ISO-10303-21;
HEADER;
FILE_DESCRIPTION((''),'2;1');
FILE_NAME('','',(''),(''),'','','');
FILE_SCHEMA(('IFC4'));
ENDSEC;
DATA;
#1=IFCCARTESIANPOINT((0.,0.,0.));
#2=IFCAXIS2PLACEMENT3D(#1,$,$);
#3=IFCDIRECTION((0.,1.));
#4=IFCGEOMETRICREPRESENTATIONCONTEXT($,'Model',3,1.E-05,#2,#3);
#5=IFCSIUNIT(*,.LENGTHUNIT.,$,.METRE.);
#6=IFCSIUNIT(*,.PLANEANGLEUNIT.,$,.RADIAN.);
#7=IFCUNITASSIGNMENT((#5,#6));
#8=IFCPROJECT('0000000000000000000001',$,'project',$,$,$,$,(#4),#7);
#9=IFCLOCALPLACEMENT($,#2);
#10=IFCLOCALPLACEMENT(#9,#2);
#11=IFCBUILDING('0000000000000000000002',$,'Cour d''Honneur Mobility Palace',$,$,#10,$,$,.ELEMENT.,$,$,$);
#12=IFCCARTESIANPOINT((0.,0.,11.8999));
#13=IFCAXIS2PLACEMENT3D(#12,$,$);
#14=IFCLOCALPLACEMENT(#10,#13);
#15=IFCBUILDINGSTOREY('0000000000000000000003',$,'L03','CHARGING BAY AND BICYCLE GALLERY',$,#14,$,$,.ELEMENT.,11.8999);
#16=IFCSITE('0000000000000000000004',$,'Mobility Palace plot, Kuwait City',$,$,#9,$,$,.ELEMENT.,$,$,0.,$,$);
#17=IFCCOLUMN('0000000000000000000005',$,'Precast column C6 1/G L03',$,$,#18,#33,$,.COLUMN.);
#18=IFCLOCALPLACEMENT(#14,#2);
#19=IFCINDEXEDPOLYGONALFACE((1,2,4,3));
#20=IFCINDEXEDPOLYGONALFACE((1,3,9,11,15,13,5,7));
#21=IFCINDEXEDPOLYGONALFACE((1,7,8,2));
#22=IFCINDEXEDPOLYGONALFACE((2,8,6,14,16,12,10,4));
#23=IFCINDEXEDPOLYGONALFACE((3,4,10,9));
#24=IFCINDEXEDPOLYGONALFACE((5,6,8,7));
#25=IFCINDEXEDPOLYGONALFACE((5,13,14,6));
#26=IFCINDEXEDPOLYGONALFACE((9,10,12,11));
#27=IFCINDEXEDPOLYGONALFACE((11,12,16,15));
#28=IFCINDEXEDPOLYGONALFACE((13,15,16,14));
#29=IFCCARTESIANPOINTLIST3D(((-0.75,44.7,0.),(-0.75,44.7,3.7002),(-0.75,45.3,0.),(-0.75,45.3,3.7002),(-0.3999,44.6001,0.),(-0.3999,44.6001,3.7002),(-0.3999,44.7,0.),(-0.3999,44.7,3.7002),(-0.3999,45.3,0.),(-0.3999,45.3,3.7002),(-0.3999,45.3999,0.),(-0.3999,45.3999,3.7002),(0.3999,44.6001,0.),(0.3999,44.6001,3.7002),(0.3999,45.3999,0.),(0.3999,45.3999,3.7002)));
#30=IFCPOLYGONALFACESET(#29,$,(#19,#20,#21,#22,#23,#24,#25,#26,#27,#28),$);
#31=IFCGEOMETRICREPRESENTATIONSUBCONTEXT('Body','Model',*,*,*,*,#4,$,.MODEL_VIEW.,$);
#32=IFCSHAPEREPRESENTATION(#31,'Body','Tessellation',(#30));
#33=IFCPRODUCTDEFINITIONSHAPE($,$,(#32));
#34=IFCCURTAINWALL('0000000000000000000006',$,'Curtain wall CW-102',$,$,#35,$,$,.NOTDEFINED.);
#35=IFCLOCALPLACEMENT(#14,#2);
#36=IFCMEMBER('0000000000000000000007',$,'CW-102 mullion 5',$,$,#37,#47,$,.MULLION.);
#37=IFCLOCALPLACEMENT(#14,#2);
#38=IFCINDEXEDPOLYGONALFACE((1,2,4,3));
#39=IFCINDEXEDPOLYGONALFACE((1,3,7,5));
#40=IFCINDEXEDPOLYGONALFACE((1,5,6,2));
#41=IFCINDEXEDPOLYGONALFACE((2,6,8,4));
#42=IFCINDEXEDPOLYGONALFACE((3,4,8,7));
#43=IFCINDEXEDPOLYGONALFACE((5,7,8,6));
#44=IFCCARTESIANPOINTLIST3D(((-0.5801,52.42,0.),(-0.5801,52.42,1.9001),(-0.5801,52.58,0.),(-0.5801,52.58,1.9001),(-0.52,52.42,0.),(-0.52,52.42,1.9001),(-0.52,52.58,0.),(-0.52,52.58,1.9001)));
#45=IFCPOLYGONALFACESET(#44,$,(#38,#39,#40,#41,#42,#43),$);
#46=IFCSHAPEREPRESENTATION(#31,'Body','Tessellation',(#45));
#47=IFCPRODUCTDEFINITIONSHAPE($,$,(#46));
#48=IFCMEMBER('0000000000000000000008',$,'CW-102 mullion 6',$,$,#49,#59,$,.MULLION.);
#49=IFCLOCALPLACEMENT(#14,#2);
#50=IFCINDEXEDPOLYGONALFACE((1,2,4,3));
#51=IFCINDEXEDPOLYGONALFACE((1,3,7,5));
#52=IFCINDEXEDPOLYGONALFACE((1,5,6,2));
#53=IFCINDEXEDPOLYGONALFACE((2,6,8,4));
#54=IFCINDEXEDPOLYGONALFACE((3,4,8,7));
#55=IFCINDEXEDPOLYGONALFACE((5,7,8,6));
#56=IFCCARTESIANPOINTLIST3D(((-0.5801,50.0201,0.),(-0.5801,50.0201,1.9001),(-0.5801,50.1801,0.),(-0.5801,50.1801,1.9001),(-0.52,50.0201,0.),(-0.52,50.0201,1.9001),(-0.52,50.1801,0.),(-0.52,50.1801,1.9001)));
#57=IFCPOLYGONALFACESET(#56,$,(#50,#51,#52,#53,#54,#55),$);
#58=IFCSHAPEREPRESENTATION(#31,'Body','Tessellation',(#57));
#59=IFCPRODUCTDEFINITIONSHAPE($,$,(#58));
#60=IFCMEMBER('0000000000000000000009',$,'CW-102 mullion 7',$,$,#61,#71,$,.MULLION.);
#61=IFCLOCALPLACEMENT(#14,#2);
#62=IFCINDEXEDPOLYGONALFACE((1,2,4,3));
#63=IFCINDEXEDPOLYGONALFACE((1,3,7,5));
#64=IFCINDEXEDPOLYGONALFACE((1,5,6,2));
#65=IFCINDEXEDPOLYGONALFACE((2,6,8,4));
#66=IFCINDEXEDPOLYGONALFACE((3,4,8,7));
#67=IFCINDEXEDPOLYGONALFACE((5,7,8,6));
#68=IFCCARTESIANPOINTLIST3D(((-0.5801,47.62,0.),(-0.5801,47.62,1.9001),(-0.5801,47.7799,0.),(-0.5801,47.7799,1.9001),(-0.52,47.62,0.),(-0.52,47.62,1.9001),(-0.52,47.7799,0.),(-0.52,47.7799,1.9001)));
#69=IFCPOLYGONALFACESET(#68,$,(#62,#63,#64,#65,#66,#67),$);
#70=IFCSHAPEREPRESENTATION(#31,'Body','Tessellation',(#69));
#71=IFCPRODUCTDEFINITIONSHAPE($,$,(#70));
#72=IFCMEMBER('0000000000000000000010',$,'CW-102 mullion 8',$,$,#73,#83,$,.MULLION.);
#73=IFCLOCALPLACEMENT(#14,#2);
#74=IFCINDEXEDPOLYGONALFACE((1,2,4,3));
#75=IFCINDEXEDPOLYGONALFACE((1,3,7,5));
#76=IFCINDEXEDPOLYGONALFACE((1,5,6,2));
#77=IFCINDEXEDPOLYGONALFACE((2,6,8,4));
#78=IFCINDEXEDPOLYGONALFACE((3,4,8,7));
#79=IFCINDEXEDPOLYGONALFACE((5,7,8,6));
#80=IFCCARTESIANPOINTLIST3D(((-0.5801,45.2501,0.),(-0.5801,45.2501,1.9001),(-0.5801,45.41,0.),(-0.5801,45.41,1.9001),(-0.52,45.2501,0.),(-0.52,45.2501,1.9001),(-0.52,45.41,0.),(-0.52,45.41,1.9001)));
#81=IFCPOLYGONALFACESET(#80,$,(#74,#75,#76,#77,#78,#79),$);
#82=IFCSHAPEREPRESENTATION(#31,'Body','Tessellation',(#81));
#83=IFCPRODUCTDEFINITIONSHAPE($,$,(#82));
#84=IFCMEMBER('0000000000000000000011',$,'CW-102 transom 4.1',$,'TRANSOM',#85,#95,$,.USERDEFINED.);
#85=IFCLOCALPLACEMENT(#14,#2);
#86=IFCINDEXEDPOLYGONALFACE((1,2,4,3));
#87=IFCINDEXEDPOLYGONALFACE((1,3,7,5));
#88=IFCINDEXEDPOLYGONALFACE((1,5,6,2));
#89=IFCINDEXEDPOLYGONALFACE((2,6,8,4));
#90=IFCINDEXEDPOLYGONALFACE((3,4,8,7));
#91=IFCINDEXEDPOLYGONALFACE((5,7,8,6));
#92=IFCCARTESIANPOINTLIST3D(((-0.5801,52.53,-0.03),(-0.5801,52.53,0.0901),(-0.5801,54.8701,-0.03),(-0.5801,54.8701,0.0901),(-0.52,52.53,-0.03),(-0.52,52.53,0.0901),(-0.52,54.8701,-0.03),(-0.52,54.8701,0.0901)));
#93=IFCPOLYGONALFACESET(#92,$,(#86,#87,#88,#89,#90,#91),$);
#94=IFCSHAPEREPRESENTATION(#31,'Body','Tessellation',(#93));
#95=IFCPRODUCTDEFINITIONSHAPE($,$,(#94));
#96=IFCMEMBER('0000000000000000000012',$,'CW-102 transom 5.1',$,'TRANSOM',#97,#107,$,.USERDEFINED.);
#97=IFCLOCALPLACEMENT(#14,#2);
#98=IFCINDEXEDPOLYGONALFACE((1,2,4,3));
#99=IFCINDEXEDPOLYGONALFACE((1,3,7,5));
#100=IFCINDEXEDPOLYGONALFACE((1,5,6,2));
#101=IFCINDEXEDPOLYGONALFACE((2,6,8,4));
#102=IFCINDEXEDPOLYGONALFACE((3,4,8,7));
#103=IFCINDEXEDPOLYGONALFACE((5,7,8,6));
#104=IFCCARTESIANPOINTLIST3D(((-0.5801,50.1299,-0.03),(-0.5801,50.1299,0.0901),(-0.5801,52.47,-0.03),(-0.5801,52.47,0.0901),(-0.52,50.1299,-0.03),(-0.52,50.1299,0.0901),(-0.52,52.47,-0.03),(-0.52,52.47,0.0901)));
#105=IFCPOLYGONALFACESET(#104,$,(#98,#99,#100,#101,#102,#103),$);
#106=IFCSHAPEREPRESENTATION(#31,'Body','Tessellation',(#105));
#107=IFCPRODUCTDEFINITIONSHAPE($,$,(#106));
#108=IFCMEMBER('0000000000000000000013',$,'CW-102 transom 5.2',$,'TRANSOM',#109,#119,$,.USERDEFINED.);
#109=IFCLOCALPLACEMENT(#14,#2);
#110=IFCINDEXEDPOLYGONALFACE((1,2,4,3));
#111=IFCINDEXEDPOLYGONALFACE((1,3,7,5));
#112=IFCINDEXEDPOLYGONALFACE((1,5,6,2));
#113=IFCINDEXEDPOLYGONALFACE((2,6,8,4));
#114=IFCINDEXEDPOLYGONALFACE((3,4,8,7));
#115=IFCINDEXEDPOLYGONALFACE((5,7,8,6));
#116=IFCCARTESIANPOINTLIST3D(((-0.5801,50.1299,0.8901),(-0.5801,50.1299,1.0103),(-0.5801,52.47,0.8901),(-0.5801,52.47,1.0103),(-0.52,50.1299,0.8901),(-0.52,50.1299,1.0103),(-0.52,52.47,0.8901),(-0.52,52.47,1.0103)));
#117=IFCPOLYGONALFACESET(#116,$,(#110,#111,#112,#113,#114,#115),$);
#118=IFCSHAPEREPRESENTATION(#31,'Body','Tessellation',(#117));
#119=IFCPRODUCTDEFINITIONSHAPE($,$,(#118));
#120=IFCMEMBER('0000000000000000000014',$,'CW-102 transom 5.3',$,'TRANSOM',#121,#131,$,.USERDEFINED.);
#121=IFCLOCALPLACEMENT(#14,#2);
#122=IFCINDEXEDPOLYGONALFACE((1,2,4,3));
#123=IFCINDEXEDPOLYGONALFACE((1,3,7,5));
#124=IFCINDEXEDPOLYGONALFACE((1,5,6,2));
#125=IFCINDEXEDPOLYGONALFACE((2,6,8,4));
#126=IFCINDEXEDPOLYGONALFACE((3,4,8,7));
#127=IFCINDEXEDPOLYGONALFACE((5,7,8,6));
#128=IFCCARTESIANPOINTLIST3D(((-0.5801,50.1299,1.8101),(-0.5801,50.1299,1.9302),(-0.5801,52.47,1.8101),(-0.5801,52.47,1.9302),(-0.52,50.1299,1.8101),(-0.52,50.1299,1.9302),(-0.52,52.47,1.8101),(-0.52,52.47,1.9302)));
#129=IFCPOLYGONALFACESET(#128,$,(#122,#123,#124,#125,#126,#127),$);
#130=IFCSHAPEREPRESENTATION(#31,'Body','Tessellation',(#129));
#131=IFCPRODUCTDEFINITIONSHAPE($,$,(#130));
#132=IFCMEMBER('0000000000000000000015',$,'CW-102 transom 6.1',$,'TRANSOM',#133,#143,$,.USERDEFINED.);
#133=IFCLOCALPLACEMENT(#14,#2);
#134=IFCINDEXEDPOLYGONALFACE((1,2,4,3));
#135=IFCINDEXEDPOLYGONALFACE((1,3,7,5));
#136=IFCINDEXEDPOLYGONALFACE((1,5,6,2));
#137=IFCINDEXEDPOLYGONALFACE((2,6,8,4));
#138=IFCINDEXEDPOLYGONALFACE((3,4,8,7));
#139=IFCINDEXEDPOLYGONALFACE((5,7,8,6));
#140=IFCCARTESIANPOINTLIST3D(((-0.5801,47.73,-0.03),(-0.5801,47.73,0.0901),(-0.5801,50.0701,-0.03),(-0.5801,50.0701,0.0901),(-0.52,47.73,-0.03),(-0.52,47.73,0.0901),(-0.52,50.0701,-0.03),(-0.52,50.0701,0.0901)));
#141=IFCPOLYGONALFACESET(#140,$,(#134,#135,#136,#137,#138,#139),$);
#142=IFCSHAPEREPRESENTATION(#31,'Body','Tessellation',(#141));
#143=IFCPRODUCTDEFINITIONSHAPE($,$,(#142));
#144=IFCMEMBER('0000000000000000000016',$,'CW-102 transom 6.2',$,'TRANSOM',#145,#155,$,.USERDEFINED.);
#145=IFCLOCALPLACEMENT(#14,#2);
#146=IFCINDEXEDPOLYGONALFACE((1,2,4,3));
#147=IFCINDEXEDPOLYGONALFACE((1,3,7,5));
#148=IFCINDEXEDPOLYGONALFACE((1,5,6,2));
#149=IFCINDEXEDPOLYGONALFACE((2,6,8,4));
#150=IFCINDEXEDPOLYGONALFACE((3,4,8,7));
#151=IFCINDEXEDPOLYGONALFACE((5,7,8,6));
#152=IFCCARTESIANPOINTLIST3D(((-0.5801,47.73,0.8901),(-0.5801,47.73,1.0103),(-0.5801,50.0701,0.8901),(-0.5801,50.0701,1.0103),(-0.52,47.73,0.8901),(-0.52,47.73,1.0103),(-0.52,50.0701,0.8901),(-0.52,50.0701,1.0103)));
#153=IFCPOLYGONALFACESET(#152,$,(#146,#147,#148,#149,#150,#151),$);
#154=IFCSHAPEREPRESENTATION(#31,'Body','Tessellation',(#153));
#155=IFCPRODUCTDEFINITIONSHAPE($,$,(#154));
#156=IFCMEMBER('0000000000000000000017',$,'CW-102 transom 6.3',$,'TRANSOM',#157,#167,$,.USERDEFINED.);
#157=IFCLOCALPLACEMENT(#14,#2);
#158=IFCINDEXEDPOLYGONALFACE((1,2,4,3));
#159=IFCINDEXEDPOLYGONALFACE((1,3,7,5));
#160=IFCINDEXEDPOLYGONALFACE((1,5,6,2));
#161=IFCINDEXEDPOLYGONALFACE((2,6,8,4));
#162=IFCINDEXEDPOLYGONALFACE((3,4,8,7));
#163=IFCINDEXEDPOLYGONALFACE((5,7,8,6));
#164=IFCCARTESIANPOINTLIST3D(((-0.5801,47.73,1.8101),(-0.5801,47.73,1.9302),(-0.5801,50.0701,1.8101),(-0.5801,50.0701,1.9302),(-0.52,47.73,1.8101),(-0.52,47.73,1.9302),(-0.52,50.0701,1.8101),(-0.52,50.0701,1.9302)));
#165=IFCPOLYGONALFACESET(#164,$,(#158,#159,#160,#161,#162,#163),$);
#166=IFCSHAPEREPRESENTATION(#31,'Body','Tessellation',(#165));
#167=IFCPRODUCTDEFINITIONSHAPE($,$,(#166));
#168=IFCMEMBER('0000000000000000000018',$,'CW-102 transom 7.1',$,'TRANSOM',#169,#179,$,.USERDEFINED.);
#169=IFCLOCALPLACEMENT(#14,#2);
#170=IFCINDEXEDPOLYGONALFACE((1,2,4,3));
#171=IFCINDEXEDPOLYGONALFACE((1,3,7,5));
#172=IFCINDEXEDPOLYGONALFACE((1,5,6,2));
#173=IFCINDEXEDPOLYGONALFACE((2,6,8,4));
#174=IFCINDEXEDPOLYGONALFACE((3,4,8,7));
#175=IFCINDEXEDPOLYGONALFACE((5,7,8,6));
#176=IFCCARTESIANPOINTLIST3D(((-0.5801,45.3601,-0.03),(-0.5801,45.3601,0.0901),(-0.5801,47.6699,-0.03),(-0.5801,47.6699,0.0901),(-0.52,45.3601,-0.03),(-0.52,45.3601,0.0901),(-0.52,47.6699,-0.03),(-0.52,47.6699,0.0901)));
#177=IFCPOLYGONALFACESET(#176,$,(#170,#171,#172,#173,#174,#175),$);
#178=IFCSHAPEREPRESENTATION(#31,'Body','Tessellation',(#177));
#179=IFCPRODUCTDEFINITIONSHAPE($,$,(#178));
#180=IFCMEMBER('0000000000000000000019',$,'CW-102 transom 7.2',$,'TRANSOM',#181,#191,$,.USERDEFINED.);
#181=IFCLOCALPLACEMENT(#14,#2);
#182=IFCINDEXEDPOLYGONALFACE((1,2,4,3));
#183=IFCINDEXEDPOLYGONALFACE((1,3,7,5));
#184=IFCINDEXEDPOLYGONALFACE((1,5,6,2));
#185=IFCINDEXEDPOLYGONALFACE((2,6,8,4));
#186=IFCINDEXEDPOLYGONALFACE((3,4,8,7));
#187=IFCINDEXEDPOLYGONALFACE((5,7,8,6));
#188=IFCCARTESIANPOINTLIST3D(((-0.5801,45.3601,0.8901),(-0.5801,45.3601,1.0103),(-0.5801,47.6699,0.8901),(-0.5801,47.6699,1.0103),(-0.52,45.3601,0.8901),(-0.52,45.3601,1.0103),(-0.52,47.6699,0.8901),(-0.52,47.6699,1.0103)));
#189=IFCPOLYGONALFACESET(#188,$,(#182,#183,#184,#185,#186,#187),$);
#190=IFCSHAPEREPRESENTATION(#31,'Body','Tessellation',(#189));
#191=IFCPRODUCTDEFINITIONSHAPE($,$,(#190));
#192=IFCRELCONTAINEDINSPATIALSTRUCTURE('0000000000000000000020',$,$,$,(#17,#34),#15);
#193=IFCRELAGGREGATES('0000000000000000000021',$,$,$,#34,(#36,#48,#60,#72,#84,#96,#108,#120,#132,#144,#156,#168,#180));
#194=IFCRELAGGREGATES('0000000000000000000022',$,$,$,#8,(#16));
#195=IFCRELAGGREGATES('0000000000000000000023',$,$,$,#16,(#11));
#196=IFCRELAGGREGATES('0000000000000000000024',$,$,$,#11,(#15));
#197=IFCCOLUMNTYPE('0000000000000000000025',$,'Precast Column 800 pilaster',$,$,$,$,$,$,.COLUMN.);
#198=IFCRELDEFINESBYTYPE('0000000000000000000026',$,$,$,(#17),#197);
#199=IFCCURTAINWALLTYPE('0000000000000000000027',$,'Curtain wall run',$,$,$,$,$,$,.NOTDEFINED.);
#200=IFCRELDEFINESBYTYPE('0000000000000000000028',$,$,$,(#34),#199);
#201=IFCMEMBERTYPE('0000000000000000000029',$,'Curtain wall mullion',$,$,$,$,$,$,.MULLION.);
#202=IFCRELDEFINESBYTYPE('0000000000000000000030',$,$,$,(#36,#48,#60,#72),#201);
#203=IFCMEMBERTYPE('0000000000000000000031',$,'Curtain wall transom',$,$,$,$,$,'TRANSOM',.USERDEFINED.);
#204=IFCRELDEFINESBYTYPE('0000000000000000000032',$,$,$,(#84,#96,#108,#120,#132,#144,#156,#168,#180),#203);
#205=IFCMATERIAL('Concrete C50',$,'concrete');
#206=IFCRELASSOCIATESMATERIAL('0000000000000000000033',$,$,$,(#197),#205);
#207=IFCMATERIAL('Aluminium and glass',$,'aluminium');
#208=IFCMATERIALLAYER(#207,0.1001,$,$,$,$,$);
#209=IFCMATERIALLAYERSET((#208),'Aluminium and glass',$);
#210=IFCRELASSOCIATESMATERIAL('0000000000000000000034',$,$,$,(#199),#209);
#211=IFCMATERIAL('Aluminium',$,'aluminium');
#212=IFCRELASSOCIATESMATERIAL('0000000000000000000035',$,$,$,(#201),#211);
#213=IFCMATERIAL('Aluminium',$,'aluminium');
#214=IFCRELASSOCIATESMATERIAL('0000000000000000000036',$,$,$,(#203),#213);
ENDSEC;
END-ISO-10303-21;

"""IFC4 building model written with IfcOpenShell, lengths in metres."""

from ifc_helpers import new_model, si_unit, direction, frame, origin, origin_2d, place, context, subcontext, project, spatial, polyline, rectangle, outline, extrude, material, layer, layer_set, material_profile, profile_set, type_object, element, aggregate, save


model = new_model("IFC4")

# Units and contexts
model_context = context("Model", 3, precision=1e-05, world=origin(), true_north=direction((0.0, 1.0)))
body_context = subcontext(model_context, "Body", "Model", "MODEL_VIEW")
ifc_project = project(units=[si_unit("LENGTHUNIT", "METRE"), si_unit("PLANEANGLEUNIT", "RADIAN")], contexts=[model_context])

# Site, building, storey
site_placement = place(None, origin())
site = spatial("IfcSite", under=ifc_project, at=site_placement, Name="Mobility Palace plot, Kuwait City", CompositionType="ELEMENT", RefElevation=0.0)
building_placement = place(site_placement, origin())
building = spatial("IfcBuilding", under=site, at=building_placement, Name="Cour d'Honneur Mobility Palace", CompositionType="ELEMENT")
storey_placement = place(building_placement, frame((0.0, 0.0, 11.8999)))
storey = spatial("IfcBuildingStorey", under=building, at=storey_placement, Name="L03", Description="CHARGING BAY AND BICYCLE GALLERY", CompositionType="ELEMENT", Elevation=11.8999)

# Column
ifc_material_1 = material(Name="Concrete C50", Category="concrete")
ifc_material_profile_1 = material_profile(ifc_material_1, outline(polyline([(-0.3999, -0.3999), (0.3999, -0.3999), (0.3999, -0.3), (0.75, -0.3), (0.75, 0.3), (0.3999, 0.3), (0.3999, 0.3999), (-0.3999, 0.3999), (-0.3999, -0.3999)])), Name="PC C800 pilaster")
ifc_profile_set_1 = profile_set([ifc_material_profile_1], Name="Concrete C50")
column_type = type_object("IfcColumnType", Name="Precast Column 800 pilaster", PredefinedType="COLUMN", material=ifc_profile_set_1)
column_placement = place(storey_placement, frame((0.0, 45.0, 0.0), z_axis=(0.0, 0.0, 1.0), x_axis=(-1.0, 0.0, 0.0)))
element("IfcColumn", 1, at=column_placement, inside=storey, type_object=column_type, Name="Precast column C6 1/G L03", PredefinedType="COLUMN", context=body_context, shape_type="SweptSolid", body=[
    extrude(outline(polyline([(-0.3999, -0.3999), (0.3999, -0.3999), (0.3999, -0.3), (0.75, -0.3), (0.75, 0.3), (0.3999, 0.3), (0.3999, 0.3999), (-0.3999, 0.3999), (-0.3999, -0.3999)])), origin(), (0.0, 0.0, 1.0), 3.7002),
])

# Curtain wall, members
ifc_material_2 = material(Name="Aluminium and glass", Category="aluminium")
ifc_layer_1 = layer(ifc_material_2, 0.1001)
ifc_layer_set_1 = layer_set([ifc_layer_1], Name="Aluminium and glass")
curtain_wall_type = type_object("IfcCurtainWallType", Name="Curtain wall run", PredefinedType="NOTDEFINED", material=ifc_layer_set_1)
curtain_wall_placement = place(storey_placement, origin())
curtain_wall = element("IfcCurtainWall", 2, at=curtain_wall_placement, inside=storey, type_object=curtain_wall_type, Name="Curtain wall CW-102", PredefinedType="NOTDEFINED")
ifc_material_3 = material(Name="Aluminium", Category="aluminium")
ifc_material_profile_2 = material_profile(ifc_material_3, rectangle(XDim=0.0601, YDim=0.1599, at=origin_2d()), Name="Curtain wall mullion")
ifc_profile_set_2 = profile_set([ifc_material_profile_2], Name="Aluminium")
member_type_1 = type_object("IfcMemberType", Name="Curtain wall mullion", PredefinedType="MULLION", material=ifc_profile_set_2)
member_1_placement = place(storey_placement, frame((-0.55, 52.5, 0.0), z_axis=(0.0, 0.0, 1.0), x_axis=(1.0, 0.0, 0.0)))
member_1 = element("IfcMember", 3, at=member_1_placement, type_object=member_type_1, Name="CW-102 mullion 5", PredefinedType="MULLION", context=body_context, shape_type="SweptSolid", body=[
    extrude(rectangle(XDim=0.0601, YDim=0.1599, at=origin_2d()), origin(), (0.0, 0.0, 1.0), 1.9001),
])
member_2_placement = place(storey_placement, frame((-0.55, 50.1001, 0.0), z_axis=(0.0, 0.0, 1.0), x_axis=(1.0, 0.0, 0.0)))
member_2 = element("IfcMember", 4, at=member_2_placement, type_object=member_type_1, Name="CW-102 mullion 6", PredefinedType="MULLION", context=body_context, shape_type="SweptSolid", body=[
    extrude(rectangle(XDim=0.0601, YDim=0.1599, at=origin_2d()), origin(), (0.0, 0.0, 1.0), 1.9001),
])
member_3_placement = place(storey_placement, frame((-0.55, 47.7, 0.0), z_axis=(0.0, 0.0, 1.0), x_axis=(1.0, 0.0, 0.0)))
member_3 = element("IfcMember", 5, at=member_3_placement, type_object=member_type_1, Name="CW-102 mullion 7", PredefinedType="MULLION", context=body_context, shape_type="SweptSolid", body=[
    extrude(rectangle(XDim=0.0601, YDim=0.1599, at=origin_2d()), origin(), (0.0, 0.0, 1.0), 1.9001),
])
member_4_placement = place(storey_placement, frame((-0.55, 45.3301, 0.0), z_axis=(0.0, 0.0, 1.0), x_axis=(1.0, 0.0, 0.0)))
member_4 = element("IfcMember", 6, at=member_4_placement, type_object=member_type_1, Name="CW-102 mullion 8", PredefinedType="MULLION", context=body_context, shape_type="SweptSolid", body=[
    extrude(rectangle(XDim=0.0601, YDim=0.1599, at=origin_2d()), origin(), (0.0, 0.0, 1.0), 1.9001),
])
ifc_material_4 = material(Name="Aluminium", Category="aluminium")
ifc_material_profile_3 = material_profile(ifc_material_4, rectangle(XDim=0.0601, YDim=0.1201, at=origin_2d()), Name="Curtain wall transom")
ifc_profile_set_3 = profile_set([ifc_material_profile_3], Name="Aluminium")
member_type_2 = type_object("IfcMemberType", Name="Curtain wall transom", ElementType="TRANSOM", PredefinedType="USERDEFINED", material=ifc_profile_set_3)
member_5_placement = place(storey_placement, frame((-0.55, 54.8701, 0.03), z_axis=(0.0, -1.0, 0.0), x_axis=(1.0, 0.0, 0.0)))
member_5 = element("IfcMember", 7, at=member_5_placement, type_object=member_type_2, Name="CW-102 transom 4.1", ObjectType="TRANSOM", PredefinedType="USERDEFINED", context=body_context, shape_type="SweptSolid", body=[
    extrude(rectangle(XDim=0.0601, YDim=0.1201, at=origin_2d()), origin(), (0.0, 0.0, 1.0), 2.3401),
])
member_6_placement = place(storey_placement, frame((-0.55, 52.47, 0.03), z_axis=(0.0, -1.0, 0.0), x_axis=(1.0, 0.0, 0.0)))
member_6 = element("IfcMember", 8, at=member_6_placement, type_object=member_type_2, Name="CW-102 transom 5.1", ObjectType="TRANSOM", PredefinedType="USERDEFINED", context=body_context, shape_type="SweptSolid", body=[
    extrude(rectangle(XDim=0.0601, YDim=0.1201, at=origin_2d()), origin(), (0.0, 0.0, 1.0), 2.3401),
])
member_7_placement = place(storey_placement, frame((-0.55, 52.47, 0.9502), z_axis=(0.0, -1.0, 0.0), x_axis=(1.0, 0.0, 0.0)))
member_7 = element("IfcMember", 9, at=member_7_placement, type_object=member_type_2, Name="CW-102 transom 5.2", ObjectType="TRANSOM", PredefinedType="USERDEFINED", context=body_context, shape_type="SweptSolid", body=[
    extrude(rectangle(XDim=0.0601, YDim=0.1201, at=origin_2d()), origin(), (0.0, 0.0, 1.0), 2.3401),
])
member_8_placement = place(storey_placement, frame((-0.55, 52.47, 1.8701), z_axis=(0.0, -1.0, 0.0), x_axis=(1.0, 0.0, 0.0)))
member_8 = element("IfcMember", 10, at=member_8_placement, type_object=member_type_2, Name="CW-102 transom 5.3", ObjectType="TRANSOM", PredefinedType="USERDEFINED", context=body_context, shape_type="SweptSolid", body=[
    extrude(rectangle(XDim=0.0601, YDim=0.1201, at=origin_2d()), origin(), (0.0, 0.0, 1.0), 2.3401),
])
member_9_placement = place(storey_placement, frame((-0.55, 50.0701, 0.03), z_axis=(0.0, -1.0, 0.0), x_axis=(1.0, 0.0, 0.0)))
member_9 = element("IfcMember", 11, at=member_9_placement, type_object=member_type_2, Name="CW-102 transom 6.1", ObjectType="TRANSOM", PredefinedType="USERDEFINED", context=body_context, shape_type="SweptSolid", body=[
    extrude(rectangle(XDim=0.0601, YDim=0.1201, at=origin_2d()), origin(), (0.0, 0.0, 1.0), 2.3401),
])
member_10_placement = place(storey_placement, frame((-0.55, 50.0701, 0.9502), z_axis=(0.0, -1.0, 0.0), x_axis=(1.0, 0.0, 0.0)))
member_10 = element("IfcMember", 12, at=member_10_placement, type_object=member_type_2, Name="CW-102 transom 6.2", ObjectType="TRANSOM", PredefinedType="USERDEFINED", context=body_context, shape_type="SweptSolid", body=[
    extrude(rectangle(XDim=0.0601, YDim=0.1201, at=origin_2d()), origin(), (0.0, 0.0, 1.0), 2.3401),
])
member_11_placement = place(storey_placement, frame((-0.55, 50.0701, 1.8701), z_axis=(0.0, -1.0, 0.0), x_axis=(1.0, 0.0, 0.0)))
member_11 = element("IfcMember", 13, at=member_11_placement, type_object=member_type_2, Name="CW-102 transom 6.3", ObjectType="TRANSOM", PredefinedType="USERDEFINED", context=body_context, shape_type="SweptSolid", body=[
    extrude(rectangle(XDim=0.0601, YDim=0.1201, at=origin_2d()), origin(), (0.0, 0.0, 1.0), 2.3401),
])
member_12_placement = place(storey_placement, frame((-0.55, 47.6699, 0.03), z_axis=(0.0, -1.0, 0.0), x_axis=(1.0, 0.0, 0.0)))
member_12 = element("IfcMember", 14, at=member_12_placement, type_object=member_type_2, Name="CW-102 transom 7.1", ObjectType="TRANSOM", PredefinedType="USERDEFINED", context=body_context, shape_type="SweptSolid", body=[
    extrude(rectangle(XDim=0.0601, YDim=0.1201, at=origin_2d()), origin(), (0.0, 0.0, 1.0), 2.3098),
])
member_13_placement = place(storey_placement, frame((-0.55, 47.6699, 0.9502), z_axis=(0.0, -1.0, 0.0), x_axis=(1.0, 0.0, 0.0)))
member_13 = element("IfcMember", 15, at=member_13_placement, type_object=member_type_2, Name="CW-102 transom 7.2", ObjectType="TRANSOM", PredefinedType="USERDEFINED", context=body_context, shape_type="SweptSolid", body=[
    extrude(rectangle(XDim=0.0601, YDim=0.1201, at=origin_2d()), origin(), (0.0, 0.0, 1.0), 2.3098),
])

aggregate(curtain_wall, [member_1, member_2, member_3, member_4, member_5, member_6, member_7, member_8, member_9, member_10, member_11, member_12, member_13])

save(model, "model.ifc")
